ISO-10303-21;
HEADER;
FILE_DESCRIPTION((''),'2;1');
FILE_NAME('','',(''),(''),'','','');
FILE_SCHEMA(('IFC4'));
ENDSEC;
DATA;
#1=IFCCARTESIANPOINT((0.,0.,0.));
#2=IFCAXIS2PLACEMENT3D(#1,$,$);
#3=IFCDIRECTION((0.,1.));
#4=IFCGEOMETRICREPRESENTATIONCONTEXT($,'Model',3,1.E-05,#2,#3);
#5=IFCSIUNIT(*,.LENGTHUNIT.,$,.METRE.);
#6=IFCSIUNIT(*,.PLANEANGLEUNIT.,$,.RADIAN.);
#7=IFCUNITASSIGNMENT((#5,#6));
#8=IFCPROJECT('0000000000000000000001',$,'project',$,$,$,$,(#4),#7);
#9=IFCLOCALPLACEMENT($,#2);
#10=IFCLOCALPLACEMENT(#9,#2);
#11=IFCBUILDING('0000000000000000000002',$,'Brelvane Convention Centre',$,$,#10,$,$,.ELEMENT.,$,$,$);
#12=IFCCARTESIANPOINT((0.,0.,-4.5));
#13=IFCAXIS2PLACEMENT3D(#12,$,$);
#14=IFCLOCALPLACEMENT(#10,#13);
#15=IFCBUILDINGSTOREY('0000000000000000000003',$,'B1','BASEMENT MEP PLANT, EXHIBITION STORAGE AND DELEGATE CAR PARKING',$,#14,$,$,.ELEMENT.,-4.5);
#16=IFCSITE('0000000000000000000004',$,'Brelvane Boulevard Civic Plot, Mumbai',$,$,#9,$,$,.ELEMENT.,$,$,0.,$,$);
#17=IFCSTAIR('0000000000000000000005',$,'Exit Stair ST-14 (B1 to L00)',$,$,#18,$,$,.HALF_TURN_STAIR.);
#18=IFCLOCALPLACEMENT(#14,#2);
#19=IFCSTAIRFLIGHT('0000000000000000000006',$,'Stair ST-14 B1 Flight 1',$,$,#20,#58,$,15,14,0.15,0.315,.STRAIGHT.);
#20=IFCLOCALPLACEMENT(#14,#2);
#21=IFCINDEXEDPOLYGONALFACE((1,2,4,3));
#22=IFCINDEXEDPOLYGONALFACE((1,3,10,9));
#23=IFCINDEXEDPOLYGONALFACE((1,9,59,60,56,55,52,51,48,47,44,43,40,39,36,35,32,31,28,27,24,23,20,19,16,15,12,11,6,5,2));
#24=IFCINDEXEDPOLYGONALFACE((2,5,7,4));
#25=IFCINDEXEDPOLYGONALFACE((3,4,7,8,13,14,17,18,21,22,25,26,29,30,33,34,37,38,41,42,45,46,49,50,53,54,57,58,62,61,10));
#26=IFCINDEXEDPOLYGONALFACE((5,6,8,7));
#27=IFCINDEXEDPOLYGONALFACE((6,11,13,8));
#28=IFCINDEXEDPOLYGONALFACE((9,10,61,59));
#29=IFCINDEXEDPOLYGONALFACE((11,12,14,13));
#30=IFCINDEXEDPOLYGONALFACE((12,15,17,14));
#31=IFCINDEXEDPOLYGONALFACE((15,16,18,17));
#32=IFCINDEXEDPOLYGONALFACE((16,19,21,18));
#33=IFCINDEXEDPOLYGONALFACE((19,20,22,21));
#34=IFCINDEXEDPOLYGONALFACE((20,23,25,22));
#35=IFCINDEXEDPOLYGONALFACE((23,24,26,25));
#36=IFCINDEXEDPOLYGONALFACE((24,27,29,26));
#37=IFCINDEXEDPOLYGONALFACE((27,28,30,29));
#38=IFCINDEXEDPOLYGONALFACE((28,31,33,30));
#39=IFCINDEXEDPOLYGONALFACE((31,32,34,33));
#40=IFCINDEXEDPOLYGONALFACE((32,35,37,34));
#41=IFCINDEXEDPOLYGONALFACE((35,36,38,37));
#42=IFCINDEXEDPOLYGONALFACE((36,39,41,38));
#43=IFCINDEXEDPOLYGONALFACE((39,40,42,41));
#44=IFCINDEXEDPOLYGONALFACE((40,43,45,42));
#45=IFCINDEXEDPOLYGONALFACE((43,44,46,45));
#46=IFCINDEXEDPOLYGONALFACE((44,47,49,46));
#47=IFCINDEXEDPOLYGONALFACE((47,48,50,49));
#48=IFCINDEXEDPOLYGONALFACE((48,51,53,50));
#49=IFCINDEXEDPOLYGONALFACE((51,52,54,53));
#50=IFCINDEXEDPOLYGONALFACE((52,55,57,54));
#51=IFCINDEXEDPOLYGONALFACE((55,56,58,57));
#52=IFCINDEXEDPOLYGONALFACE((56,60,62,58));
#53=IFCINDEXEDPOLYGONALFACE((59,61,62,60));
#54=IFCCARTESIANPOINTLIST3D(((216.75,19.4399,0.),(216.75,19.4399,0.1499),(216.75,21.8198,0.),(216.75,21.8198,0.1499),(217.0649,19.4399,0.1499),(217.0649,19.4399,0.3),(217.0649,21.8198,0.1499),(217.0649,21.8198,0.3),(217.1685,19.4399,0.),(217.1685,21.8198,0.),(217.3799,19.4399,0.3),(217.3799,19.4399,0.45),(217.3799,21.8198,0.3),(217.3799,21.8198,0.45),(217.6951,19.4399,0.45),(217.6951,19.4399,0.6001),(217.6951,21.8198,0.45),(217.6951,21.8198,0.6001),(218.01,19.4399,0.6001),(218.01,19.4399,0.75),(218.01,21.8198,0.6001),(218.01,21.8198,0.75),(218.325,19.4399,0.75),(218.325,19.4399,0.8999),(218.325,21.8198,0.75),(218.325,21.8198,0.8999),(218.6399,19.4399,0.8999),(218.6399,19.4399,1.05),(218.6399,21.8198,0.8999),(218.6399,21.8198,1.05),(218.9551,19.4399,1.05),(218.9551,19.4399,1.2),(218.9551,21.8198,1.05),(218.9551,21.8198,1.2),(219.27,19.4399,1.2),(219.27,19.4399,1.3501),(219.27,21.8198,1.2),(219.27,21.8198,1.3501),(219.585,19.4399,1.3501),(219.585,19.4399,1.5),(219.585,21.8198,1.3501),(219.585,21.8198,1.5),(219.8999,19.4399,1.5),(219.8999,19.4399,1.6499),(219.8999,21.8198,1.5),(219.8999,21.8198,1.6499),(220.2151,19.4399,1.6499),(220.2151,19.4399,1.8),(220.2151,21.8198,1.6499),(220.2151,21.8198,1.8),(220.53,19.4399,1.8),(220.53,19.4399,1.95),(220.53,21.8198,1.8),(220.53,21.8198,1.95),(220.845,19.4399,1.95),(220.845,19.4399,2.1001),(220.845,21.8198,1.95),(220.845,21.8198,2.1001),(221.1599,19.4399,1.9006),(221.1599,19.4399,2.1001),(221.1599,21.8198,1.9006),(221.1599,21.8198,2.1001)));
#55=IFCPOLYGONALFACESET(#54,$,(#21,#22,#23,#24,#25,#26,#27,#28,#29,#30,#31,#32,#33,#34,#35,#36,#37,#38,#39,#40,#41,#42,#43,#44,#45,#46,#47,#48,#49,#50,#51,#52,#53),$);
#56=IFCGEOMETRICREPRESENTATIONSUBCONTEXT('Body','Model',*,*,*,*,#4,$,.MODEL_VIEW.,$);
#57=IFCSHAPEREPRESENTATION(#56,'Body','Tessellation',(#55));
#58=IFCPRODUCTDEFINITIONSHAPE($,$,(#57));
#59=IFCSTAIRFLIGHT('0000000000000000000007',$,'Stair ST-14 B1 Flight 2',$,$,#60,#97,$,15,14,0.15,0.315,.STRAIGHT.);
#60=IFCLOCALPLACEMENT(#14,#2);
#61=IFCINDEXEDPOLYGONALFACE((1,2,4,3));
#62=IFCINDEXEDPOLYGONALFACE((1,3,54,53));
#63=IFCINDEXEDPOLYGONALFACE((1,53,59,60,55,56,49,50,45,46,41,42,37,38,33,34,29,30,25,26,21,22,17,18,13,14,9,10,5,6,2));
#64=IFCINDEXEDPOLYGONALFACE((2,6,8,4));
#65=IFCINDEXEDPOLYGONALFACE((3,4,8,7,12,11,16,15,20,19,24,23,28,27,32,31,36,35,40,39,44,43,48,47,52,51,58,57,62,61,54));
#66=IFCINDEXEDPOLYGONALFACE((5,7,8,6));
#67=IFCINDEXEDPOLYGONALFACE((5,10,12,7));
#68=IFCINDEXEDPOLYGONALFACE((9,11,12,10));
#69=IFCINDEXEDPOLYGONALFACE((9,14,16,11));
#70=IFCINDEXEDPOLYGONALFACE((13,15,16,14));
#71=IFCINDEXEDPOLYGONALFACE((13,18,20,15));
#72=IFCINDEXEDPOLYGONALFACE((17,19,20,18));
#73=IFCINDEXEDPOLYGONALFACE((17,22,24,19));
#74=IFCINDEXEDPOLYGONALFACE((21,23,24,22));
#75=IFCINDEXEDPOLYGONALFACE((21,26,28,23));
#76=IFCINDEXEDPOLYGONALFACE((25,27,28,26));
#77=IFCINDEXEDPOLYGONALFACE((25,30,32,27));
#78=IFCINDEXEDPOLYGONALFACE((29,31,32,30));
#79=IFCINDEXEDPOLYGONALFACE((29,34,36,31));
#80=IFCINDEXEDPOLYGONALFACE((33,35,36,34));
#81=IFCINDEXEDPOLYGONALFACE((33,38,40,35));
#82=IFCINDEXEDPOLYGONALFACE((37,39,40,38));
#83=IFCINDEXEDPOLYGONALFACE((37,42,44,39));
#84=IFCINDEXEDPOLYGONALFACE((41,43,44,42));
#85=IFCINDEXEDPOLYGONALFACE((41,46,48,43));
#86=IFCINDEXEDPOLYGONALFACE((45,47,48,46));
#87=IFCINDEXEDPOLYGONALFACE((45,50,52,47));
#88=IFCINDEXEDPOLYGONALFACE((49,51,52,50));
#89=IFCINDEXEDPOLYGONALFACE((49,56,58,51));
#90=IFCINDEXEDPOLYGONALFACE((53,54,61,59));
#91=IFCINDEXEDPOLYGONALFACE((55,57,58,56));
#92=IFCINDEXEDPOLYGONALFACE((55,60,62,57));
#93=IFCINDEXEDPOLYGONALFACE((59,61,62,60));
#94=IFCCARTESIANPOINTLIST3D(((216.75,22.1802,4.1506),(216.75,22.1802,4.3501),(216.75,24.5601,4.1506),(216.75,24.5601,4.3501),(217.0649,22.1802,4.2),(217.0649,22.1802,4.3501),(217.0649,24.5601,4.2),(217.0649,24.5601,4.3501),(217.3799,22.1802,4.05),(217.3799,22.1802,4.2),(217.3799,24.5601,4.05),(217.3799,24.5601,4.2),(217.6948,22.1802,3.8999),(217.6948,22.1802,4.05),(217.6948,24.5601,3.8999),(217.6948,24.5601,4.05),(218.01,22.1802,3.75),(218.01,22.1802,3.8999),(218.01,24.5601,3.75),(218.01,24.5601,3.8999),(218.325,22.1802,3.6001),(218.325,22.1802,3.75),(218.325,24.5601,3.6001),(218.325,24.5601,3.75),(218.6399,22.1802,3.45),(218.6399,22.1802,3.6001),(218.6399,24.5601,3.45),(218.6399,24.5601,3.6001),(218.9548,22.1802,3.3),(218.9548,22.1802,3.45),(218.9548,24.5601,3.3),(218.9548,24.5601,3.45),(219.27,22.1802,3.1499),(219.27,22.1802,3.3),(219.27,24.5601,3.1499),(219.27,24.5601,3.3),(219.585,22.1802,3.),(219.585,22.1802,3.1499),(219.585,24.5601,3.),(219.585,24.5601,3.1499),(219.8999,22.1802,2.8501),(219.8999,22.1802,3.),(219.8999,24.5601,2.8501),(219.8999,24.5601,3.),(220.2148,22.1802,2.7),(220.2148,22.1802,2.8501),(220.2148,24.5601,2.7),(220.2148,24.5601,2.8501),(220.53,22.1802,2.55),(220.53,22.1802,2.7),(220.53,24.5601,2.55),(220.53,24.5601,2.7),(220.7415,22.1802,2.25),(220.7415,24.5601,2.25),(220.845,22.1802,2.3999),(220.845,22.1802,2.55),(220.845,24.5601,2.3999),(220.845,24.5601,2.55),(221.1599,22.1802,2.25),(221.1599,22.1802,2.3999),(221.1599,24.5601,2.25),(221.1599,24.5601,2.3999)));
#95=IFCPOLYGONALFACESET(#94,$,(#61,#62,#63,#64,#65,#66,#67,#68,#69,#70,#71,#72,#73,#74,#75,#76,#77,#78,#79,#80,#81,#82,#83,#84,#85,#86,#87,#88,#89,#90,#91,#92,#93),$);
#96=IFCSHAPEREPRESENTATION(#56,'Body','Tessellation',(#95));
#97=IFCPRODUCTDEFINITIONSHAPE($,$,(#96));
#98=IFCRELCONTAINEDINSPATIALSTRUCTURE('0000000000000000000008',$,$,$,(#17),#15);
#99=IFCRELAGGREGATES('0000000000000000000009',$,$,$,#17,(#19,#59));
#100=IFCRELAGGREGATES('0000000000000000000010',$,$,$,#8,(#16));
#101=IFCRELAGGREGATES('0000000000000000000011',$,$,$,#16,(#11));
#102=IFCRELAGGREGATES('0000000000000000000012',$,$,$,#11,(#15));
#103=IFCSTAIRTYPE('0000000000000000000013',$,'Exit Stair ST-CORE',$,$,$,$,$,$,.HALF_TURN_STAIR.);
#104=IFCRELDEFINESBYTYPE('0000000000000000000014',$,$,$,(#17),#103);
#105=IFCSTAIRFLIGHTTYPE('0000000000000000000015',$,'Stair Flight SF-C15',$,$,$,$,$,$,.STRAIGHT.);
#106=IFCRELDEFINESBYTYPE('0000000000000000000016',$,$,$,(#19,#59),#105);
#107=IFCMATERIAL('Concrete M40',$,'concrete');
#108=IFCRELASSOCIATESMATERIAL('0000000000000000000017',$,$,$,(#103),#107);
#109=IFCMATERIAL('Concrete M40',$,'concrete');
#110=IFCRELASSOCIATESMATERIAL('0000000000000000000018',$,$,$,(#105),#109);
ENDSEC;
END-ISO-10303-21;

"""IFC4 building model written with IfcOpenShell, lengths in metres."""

from ifc_helpers import new_model, si_unit, direction, frame, origin, place, context, subcontext, project, spatial, polyline, outline, extrude, material, type_object, element, aggregate, save


model = new_model("IFC4")

# Units and contexts
model_context = context("Model", 3, precision=1e-05, world=origin(), true_north=direction((0.0, 1.0)))
body_context = subcontext(model_context, "Body", "Model", "MODEL_VIEW")
ifc_project = project(units=[si_unit("LENGTHUNIT", "METRE"), si_unit("PLANEANGLEUNIT", "RADIAN")], contexts=[model_context])

# Site, building, storey
site_placement = place(None, origin())
site = spatial("IfcSite", under=ifc_project, at=site_placement, Name="Brelvane Boulevard Civic Plot, Mumbai", CompositionType="ELEMENT", RefElevation=0.0)
building_placement = place(site_placement, origin())
building = spatial("IfcBuilding", under=site, at=building_placement, Name="Brelvane Convention Centre", CompositionType="ELEMENT")
storey_placement = place(building_placement, frame((0.0, 0.0, -4.5)))
storey = spatial("IfcBuildingStorey", under=building, at=storey_placement, Name="B1", Description="BASEMENT MEP PLANT, EXHIBITION STORAGE AND DELEGATE CAR PARKING", CompositionType="ELEMENT", Elevation=-4.5)

# Stair, stair flights
ifc_material_1 = material(Name="Concrete M40", Category="concrete")
stair_type = type_object("IfcStairType", Name="Exit Stair ST-CORE", PredefinedType="HALF_TURN_STAIR", material=ifc_material_1)
stair_placement = place(storey_placement, origin())
stair = element("IfcStair", 1, at=stair_placement, inside=storey, type_object=stair_type, Name="Exit Stair ST-14 (B1 to L00)", PredefinedType="HALF_TURN_STAIR")
ifc_material_2 = material(Name="Concrete M40", Category="concrete")
stair_flight_type = type_object("IfcStairFlightType", Name="Stair Flight SF-C15", PredefinedType="STRAIGHT", material=ifc_material_2)
stair_flight_1_placement = place(storey_placement, frame((216.75, 20.6299, 0.0), z_axis=(0.0, 0.0, 1.0), x_axis=(1.0, 0.0, 0.0)))
stair_flight_1 = element("IfcStairFlight", 2, at=stair_flight_1_placement, type_object=stair_flight_type, Name="Stair ST-14 B1 Flight 1", NumberOfRisers=15, NumberOfTreads=14, PredefinedType="STRAIGHT", RiserHeight=0.15, TreadLength=0.315, context=body_context, shape_type="SweptSolid", body=[
    extrude(outline(polyline([(0.0, 0.0), (0.0, 0.1499), (0.3149, 0.1499), (0.3149, 0.3), (0.6299, 0.3), (0.6299, 0.45), (0.9451, 0.45), (0.9451, 0.6001), (1.26, 0.6001), (1.26, 0.75), (1.575, 0.75), (1.575, 0.8999), (1.8899, 0.8999), (1.8899, 1.05), (2.2051, 1.05), (2.2051, 1.2), (2.52, 1.2), (2.52, 1.3501), (2.835, 1.3501), (2.835, 1.5), (3.1499, 1.5), (3.1499, 1.6499), (3.4651, 1.6499), (3.4651, 1.8), (3.78, 1.8), (3.78, 1.95), (4.095, 1.95), (4.095, 2.1001), (4.4099, 2.1001), (4.4099, 2.25), (4.4099, 1.9006), (0.4185, 0.0), (0.0, 0.0)])), frame((0.0, 1.1899, 0.0), z_axis=(0.0, -1.0, 0.0), x_axis=(1.0, 0.0, 0.0)), (0.0, 0.0, 1.0), 2.3799),
])
stair_flight_2_placement = place(storey_placement, frame((221.1599, 23.3701, 2.25), z_axis=(0.0, 0.0, 1.0), x_axis=(-1.0, 0.0, 0.0)))
stair_flight_2 = element("IfcStairFlight", 3, at=stair_flight_2_placement, type_object=stair_flight_type, Name="Stair ST-14 B1 Flight 2", NumberOfRisers=15, NumberOfTreads=14, PredefinedType="STRAIGHT", RiserHeight=0.15, TreadLength=0.315, context=body_context, shape_type="SweptSolid", body=[
    extrude(outline(polyline([(0.0, 0.0), (0.0, 0.1499), (0.3149, 0.1499), (0.3149, 0.3), (0.6299, 0.3), (0.6299, 0.45), (0.9451, 0.45), (0.9451, 0.6001), (1.26, 0.6001), (1.26, 0.75), (1.575, 0.75), (1.575, 0.8999), (1.8899, 0.8999), (1.8899, 1.05), (2.2051, 1.05), (2.2051, 1.2), (2.52, 1.2), (2.52, 1.3501), (2.835, 1.3501), (2.835, 1.5), (3.1499, 1.5), (3.1499, 1.6499), (3.4651, 1.6499), (3.4651, 1.8), (3.78, 1.8), (3.78, 1.95), (4.095, 1.95), (4.095, 2.1001), (4.4099, 2.1001), (4.4099, 2.25), (4.4099, 1.9006), (0.4185, 0.0), (0.0, 0.0)])), frame((0.0, 1.1899, 0.0), z_axis=(0.0, -1.0, 0.0), x_axis=(1.0, 0.0, 0.0)), (0.0, 0.0, 1.0), 2.3799),
])
aggregate(stair, [stair_flight_1, stair_flight_2])

save(model, "model.ifc")
